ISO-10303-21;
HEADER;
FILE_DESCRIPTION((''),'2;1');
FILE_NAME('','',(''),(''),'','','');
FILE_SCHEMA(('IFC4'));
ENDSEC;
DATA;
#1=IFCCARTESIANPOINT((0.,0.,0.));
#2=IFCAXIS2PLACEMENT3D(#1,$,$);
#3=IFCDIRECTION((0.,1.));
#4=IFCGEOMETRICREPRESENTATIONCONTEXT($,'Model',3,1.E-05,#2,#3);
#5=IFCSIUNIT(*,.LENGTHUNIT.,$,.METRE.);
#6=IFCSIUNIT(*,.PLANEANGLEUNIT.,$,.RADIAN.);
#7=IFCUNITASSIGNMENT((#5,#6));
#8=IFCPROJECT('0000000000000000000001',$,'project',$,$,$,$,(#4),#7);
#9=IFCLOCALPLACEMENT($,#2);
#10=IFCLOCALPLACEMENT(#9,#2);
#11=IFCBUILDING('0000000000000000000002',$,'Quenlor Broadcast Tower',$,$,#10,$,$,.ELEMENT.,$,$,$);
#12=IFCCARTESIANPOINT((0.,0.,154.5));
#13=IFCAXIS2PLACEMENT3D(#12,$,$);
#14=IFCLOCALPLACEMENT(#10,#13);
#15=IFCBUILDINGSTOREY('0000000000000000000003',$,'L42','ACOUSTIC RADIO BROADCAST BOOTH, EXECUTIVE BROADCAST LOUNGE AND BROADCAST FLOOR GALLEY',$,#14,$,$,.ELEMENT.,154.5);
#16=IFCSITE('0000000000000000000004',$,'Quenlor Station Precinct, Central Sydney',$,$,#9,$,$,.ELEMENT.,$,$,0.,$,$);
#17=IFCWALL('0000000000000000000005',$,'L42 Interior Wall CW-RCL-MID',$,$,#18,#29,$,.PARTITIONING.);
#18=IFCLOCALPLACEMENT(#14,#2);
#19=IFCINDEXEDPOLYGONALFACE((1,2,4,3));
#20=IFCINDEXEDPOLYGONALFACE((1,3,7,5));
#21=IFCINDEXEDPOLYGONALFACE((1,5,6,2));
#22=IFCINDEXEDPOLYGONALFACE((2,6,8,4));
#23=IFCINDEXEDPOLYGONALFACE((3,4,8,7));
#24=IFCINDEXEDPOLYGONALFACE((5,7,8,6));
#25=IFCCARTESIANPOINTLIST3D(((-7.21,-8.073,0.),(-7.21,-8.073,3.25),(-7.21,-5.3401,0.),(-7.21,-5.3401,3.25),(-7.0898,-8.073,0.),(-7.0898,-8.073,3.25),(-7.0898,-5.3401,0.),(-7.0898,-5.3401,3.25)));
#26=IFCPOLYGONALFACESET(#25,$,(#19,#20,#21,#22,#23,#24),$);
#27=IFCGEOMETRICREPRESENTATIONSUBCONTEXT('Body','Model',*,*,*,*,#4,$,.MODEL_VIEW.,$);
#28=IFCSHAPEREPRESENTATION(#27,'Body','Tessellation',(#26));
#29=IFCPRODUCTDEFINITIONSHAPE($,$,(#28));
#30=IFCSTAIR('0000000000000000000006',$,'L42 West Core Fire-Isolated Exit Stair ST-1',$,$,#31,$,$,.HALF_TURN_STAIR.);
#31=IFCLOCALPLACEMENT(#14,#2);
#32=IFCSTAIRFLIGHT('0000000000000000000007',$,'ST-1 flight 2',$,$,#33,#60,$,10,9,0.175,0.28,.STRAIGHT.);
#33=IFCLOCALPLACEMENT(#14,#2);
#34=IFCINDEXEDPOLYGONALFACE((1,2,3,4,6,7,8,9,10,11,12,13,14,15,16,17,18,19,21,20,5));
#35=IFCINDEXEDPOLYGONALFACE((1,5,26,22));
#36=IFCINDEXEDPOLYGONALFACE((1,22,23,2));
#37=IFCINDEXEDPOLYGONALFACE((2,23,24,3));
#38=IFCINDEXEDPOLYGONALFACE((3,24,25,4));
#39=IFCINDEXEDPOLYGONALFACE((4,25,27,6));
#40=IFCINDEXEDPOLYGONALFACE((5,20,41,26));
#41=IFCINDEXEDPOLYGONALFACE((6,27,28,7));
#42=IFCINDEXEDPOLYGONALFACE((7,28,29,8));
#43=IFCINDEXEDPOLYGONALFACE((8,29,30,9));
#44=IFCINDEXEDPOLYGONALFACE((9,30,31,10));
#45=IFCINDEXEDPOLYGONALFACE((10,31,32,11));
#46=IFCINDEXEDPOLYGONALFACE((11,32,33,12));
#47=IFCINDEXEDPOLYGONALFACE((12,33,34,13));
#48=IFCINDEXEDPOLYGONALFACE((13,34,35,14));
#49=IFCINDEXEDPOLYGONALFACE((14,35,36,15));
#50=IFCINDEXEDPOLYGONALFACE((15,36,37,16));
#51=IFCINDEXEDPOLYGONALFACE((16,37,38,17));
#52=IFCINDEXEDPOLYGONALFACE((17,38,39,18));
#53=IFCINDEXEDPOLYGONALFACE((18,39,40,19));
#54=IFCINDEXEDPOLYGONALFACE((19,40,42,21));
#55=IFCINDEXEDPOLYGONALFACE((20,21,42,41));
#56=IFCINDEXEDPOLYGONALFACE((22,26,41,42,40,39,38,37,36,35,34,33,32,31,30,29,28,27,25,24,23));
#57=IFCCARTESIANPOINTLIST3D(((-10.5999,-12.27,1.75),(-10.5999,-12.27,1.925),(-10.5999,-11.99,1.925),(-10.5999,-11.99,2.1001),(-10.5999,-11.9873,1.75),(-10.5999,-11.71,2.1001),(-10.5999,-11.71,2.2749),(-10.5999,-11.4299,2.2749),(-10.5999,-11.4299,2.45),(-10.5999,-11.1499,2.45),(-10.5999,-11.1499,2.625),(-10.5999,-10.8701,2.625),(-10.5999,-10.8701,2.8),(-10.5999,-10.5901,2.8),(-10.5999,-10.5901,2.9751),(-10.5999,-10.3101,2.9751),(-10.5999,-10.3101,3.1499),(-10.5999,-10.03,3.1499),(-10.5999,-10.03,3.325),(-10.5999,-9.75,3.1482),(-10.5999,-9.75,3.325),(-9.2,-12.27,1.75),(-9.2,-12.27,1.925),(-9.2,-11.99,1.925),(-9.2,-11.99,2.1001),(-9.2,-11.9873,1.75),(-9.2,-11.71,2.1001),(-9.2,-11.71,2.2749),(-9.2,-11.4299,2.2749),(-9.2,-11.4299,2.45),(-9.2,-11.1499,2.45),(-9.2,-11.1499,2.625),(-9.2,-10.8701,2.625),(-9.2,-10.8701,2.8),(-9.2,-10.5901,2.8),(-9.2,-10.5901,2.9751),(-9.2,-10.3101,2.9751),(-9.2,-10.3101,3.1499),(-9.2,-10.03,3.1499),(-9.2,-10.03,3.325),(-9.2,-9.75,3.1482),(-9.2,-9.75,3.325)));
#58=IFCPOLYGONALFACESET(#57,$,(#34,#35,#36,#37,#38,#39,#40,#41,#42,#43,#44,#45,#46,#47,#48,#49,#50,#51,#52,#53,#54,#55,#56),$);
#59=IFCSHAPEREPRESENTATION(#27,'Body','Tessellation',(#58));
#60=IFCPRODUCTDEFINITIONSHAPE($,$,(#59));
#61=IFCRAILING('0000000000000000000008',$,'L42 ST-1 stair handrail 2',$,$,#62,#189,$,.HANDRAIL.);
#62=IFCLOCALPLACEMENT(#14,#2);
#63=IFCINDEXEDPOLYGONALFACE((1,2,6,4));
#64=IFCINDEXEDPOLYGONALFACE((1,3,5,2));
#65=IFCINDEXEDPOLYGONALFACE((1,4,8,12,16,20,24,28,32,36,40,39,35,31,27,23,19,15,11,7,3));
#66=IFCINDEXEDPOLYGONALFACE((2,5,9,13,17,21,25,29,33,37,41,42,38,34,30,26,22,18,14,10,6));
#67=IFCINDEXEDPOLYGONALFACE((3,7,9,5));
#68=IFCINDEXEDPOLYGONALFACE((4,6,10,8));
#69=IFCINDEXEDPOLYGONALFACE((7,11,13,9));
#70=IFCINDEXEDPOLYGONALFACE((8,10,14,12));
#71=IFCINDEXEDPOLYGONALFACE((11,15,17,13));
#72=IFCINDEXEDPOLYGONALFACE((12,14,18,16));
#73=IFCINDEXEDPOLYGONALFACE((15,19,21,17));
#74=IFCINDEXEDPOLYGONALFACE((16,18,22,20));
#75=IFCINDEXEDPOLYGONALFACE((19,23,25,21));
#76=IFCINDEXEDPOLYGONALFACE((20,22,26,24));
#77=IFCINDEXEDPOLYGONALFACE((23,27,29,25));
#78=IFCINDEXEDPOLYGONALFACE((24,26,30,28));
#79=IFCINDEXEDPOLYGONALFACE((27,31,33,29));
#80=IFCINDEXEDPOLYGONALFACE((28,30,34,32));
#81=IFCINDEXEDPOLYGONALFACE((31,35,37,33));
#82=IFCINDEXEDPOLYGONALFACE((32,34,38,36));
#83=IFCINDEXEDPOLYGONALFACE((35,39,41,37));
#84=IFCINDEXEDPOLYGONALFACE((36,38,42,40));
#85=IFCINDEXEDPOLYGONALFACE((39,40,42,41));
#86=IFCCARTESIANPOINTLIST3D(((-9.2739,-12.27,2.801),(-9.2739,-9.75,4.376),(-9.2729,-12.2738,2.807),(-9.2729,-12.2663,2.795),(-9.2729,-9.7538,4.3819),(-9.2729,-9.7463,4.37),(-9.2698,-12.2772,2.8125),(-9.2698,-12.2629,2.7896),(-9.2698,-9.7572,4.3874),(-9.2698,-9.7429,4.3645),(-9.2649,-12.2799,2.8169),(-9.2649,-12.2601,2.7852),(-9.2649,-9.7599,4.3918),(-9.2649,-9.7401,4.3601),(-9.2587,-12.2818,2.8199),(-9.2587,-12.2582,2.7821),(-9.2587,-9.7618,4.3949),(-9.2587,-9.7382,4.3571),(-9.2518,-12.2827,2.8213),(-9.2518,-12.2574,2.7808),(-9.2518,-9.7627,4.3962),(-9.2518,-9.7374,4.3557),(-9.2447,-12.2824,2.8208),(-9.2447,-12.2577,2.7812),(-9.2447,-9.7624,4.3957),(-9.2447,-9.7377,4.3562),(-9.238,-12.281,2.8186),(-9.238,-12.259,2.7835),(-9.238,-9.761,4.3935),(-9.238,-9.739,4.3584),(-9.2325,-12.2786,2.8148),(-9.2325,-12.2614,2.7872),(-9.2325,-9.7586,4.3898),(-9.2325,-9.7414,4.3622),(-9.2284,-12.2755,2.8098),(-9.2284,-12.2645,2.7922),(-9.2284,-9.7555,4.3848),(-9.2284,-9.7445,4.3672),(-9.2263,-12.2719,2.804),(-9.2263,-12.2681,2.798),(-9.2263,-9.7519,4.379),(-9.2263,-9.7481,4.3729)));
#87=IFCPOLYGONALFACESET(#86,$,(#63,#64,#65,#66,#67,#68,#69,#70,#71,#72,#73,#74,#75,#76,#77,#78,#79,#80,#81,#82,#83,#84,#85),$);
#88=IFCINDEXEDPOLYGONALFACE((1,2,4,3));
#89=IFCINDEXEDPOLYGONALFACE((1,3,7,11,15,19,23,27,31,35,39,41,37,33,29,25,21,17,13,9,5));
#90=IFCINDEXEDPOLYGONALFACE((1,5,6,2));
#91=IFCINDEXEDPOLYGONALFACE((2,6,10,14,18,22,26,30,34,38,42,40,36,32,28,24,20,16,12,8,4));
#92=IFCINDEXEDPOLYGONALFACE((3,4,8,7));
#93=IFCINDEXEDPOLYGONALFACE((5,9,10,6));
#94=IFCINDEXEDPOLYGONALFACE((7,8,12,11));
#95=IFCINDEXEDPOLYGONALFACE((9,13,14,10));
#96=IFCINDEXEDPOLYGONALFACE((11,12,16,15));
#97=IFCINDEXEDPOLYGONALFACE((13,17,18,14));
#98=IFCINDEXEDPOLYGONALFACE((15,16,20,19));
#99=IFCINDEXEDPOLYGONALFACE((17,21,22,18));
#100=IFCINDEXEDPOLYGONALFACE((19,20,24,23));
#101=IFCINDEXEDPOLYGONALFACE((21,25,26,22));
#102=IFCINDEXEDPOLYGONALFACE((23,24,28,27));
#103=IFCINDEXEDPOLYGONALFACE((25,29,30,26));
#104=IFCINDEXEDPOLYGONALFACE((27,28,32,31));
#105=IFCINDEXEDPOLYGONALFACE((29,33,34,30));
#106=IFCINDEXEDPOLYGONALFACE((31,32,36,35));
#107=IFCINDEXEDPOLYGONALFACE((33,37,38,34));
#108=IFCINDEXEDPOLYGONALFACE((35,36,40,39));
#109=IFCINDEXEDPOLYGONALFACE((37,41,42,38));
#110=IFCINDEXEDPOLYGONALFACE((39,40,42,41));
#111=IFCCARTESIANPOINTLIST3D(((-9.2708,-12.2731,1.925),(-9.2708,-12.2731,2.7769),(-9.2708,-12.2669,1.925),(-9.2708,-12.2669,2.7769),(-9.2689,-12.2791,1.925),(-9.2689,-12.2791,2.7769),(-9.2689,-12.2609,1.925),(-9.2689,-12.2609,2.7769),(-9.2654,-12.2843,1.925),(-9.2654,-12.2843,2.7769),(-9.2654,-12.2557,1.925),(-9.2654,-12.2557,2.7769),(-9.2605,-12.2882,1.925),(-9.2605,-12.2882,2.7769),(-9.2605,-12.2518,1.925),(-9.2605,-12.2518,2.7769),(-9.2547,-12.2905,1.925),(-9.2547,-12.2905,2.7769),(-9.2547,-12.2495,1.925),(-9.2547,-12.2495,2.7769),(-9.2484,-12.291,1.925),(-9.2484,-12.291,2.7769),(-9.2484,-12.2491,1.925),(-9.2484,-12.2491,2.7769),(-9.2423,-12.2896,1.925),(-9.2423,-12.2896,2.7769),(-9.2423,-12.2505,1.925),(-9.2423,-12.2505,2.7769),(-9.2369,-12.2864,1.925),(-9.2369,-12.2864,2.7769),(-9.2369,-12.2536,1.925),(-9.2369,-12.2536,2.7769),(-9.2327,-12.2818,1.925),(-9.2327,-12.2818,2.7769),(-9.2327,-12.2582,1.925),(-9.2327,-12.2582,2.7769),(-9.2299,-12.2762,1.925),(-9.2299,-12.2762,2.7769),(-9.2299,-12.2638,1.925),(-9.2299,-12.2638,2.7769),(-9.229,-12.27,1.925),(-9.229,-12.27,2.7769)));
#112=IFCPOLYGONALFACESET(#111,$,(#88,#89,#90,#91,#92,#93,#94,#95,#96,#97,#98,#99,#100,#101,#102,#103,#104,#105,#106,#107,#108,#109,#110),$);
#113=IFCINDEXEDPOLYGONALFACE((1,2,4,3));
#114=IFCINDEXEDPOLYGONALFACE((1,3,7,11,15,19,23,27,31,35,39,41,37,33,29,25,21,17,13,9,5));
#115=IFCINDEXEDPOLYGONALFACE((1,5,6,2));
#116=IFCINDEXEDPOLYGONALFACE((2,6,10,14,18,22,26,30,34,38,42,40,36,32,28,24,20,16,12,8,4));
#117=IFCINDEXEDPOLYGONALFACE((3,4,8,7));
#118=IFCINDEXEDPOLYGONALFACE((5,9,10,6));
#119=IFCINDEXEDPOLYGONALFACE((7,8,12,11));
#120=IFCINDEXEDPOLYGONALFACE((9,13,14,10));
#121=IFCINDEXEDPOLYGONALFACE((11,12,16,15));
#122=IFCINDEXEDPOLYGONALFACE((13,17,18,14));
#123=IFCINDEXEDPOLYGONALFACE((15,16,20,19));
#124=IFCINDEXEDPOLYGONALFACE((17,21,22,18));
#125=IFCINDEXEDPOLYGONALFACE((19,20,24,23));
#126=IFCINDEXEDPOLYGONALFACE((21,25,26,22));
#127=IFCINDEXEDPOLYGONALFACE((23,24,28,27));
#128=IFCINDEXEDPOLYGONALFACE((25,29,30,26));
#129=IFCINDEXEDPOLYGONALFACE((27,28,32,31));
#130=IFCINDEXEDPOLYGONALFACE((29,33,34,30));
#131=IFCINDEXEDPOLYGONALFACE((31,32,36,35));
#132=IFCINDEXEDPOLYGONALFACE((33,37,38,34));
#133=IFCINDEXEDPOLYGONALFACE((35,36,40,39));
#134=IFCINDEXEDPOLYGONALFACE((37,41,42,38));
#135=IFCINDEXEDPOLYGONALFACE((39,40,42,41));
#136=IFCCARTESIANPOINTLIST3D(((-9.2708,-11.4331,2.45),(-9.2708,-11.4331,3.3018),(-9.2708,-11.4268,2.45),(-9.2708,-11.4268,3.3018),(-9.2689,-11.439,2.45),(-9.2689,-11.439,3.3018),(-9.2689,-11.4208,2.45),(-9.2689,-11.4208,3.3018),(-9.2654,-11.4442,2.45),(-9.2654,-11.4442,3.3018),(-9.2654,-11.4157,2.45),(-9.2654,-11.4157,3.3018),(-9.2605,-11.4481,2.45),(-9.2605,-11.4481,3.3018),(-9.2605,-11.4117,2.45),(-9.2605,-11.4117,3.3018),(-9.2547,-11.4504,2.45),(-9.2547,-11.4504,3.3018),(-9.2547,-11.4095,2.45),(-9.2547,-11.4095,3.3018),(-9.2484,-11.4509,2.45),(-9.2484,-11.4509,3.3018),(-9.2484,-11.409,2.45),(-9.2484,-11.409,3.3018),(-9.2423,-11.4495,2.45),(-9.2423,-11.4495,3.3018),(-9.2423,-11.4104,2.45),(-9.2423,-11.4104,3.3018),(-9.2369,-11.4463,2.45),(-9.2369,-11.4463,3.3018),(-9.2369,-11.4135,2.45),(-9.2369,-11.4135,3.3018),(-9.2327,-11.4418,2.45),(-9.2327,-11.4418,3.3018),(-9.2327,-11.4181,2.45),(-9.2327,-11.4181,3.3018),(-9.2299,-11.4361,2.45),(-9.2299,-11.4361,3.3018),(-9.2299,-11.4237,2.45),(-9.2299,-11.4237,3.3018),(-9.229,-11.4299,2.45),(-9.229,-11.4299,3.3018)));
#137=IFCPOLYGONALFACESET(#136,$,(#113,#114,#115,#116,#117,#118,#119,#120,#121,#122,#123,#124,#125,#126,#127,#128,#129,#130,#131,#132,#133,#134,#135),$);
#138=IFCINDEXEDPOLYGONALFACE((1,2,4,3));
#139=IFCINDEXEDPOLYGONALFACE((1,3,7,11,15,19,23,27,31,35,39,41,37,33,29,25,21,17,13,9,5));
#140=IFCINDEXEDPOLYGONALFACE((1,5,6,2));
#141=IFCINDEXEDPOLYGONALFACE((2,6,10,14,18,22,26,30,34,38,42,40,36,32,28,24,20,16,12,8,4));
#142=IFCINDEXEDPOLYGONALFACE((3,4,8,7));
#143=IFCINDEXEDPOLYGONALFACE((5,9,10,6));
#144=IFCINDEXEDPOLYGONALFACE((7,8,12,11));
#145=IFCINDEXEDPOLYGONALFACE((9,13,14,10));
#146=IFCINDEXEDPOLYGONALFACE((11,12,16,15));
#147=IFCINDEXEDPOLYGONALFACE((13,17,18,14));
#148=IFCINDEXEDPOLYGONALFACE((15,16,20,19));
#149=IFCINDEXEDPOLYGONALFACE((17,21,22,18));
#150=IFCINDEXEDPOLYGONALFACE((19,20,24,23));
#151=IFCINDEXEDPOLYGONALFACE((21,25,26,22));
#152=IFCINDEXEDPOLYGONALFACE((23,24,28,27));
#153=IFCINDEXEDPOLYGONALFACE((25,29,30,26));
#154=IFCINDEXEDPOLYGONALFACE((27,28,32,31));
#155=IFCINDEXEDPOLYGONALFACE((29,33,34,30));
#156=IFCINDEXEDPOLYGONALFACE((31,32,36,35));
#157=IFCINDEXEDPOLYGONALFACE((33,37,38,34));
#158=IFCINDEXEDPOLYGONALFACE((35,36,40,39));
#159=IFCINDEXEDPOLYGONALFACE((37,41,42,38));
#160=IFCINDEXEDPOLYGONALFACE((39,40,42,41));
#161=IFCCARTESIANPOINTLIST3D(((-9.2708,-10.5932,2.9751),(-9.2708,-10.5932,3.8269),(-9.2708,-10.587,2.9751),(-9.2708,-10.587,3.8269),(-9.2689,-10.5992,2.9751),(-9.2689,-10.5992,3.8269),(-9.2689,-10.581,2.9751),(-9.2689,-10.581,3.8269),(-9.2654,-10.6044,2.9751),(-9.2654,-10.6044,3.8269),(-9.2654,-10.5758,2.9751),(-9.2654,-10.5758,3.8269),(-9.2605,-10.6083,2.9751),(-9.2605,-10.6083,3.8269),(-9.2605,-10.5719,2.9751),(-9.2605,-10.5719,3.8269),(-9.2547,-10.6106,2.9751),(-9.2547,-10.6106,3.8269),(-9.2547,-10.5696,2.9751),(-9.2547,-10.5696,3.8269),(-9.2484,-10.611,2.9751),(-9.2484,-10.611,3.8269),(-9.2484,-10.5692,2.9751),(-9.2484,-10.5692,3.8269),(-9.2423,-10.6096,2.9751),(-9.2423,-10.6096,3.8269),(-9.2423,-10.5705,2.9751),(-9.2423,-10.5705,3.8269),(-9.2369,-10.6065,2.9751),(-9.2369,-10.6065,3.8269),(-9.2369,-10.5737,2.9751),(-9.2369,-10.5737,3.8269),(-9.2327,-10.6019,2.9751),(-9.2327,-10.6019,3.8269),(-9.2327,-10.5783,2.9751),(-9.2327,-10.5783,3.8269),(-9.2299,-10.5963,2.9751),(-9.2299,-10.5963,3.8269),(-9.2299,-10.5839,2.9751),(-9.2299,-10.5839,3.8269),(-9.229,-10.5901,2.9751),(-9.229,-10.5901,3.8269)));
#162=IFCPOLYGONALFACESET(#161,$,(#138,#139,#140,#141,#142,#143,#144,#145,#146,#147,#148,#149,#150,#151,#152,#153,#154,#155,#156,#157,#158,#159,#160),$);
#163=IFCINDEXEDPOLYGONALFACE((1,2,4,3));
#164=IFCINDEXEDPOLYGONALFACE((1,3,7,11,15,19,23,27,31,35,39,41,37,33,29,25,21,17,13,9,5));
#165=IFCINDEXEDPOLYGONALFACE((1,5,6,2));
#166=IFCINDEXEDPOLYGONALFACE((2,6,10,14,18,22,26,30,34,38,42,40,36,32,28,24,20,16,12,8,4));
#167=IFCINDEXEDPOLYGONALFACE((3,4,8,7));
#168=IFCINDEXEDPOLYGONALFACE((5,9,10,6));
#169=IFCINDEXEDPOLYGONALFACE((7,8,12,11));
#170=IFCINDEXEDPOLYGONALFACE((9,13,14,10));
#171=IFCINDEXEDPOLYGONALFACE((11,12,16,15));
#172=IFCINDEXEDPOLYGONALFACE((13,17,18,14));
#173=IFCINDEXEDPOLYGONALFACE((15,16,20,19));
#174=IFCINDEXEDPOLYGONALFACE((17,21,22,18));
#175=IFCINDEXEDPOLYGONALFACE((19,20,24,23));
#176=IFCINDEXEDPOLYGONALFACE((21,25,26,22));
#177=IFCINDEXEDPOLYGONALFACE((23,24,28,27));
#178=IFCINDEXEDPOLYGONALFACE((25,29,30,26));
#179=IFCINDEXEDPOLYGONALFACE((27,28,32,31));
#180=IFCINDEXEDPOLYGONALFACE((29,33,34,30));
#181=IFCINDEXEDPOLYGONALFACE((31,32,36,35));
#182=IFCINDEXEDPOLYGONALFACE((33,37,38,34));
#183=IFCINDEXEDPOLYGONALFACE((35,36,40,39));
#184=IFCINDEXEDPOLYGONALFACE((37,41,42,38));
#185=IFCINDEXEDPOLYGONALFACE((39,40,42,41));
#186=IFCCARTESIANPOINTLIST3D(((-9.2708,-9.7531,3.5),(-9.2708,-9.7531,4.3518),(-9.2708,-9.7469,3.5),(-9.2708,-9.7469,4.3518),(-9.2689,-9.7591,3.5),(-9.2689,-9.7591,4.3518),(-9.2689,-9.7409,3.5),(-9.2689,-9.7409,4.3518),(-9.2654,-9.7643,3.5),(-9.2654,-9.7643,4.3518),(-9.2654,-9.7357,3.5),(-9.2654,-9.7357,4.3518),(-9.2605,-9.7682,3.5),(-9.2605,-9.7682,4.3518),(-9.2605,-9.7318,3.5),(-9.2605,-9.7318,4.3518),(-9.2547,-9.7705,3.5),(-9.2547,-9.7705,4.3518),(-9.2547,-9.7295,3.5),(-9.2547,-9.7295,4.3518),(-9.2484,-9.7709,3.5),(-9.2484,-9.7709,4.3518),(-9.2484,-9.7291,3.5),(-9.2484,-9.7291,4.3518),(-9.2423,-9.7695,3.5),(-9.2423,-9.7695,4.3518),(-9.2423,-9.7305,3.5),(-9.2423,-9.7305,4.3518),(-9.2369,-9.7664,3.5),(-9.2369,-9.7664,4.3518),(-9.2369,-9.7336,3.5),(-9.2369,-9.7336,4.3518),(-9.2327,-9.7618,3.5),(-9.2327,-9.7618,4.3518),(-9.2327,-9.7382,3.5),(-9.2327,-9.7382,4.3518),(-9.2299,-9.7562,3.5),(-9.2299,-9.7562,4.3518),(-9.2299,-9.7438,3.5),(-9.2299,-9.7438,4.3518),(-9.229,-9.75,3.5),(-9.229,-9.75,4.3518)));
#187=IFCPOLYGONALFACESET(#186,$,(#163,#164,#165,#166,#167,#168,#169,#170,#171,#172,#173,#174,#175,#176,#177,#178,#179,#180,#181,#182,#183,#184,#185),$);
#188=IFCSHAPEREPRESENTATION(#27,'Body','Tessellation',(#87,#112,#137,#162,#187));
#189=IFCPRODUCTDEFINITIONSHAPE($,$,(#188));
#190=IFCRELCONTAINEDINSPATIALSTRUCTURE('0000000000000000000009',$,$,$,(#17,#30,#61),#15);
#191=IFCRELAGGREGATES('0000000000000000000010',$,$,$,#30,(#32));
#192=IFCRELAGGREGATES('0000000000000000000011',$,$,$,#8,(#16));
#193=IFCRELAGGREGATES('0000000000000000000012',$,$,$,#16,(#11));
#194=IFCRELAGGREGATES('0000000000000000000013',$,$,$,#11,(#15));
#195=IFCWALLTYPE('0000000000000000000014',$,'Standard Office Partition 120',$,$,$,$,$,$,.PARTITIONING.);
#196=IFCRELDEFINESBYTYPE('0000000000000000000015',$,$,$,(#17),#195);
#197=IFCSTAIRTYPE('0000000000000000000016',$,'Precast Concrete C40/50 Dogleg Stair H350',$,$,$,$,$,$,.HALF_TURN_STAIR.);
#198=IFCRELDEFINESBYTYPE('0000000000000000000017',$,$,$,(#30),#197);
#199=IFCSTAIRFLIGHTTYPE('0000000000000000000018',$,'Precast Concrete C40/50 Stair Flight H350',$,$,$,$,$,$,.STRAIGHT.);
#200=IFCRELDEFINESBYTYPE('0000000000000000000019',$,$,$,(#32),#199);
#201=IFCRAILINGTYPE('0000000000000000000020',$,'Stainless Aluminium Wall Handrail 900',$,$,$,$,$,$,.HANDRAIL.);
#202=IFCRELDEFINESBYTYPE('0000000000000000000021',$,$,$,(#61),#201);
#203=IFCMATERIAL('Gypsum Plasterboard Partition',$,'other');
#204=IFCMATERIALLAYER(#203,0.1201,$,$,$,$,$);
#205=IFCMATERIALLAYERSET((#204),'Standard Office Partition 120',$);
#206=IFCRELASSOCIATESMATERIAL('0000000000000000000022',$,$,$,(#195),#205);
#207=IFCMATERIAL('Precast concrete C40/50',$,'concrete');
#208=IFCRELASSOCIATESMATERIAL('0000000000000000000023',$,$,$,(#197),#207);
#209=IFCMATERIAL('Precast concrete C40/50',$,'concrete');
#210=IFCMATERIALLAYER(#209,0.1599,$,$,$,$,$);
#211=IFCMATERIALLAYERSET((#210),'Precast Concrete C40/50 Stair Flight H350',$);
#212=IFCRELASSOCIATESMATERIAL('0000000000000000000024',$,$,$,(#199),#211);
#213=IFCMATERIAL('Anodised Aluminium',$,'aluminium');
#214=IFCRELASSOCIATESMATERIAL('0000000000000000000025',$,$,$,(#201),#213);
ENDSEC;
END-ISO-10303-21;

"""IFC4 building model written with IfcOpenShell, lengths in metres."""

from ifc_helpers import new_model, si_unit, direction, frame, frame_2d, origin, origin_2d, place, context, subcontext, project, spatial, polyline, rectangle, circle, outline, extrude, material, layer, layer_set, type_object, element, aggregate, save


model = new_model("IFC4")

# Units and contexts
model_context = context("Model", 3, precision=1e-05, world=origin(), true_north=direction((0.0, 1.0)))
body_context = subcontext(model_context, "Body", "Model", "MODEL_VIEW")
ifc_project = project(units=[si_unit("LENGTHUNIT", "METRE"), si_unit("PLANEANGLEUNIT", "RADIAN")], contexts=[model_context])

# Site, building, storey
site_placement = place(None, origin())
site = spatial("IfcSite", under=ifc_project, at=site_placement, Name="Quenlor Station Precinct, Central Sydney", CompositionType="ELEMENT", RefElevation=0.0)
building_placement = place(site_placement, origin())
building = spatial("IfcBuilding", under=site, at=building_placement, Name="Quenlor Broadcast Tower", CompositionType="ELEMENT")
storey_placement = place(building_placement, frame((0.0, 0.0, 154.5)))
storey = spatial("IfcBuildingStorey", under=building, at=storey_placement, Name="L42", Description="ACOUSTIC RADIO BROADCAST BOOTH, EXECUTIVE BROADCAST LOUNGE AND BROADCAST FLOOR GALLEY", CompositionType="ELEMENT", Elevation=154.5)

# Wall
ifc_material_1 = material(Name="Gypsum Plasterboard Partition", Category="other")
ifc_layer_1 = layer(ifc_material_1, 0.1201)
ifc_layer_set_1 = layer_set([ifc_layer_1], Name="Standard Office Partition 120")
wall_type_1 = type_object("IfcWallType", Name="Standard Office Partition 120", PredefinedType="PARTITIONING", material=ifc_layer_set_1)
wall_1_placement = place(storey_placement, frame((-7.1499, -8.073, 0.0), z_axis=(0.0, 0.0, 1.0), x_axis=(0.0, 1.0, 0.0)))
element("IfcWall", 1, at=wall_1_placement, inside=storey, type_object=wall_type_1, Name="L42 Interior Wall CW-RCL-MID", PredefinedType="PARTITIONING", context=body_context, shape_type="SweptSolid", body=[
    extrude(rectangle(XDim=2.7329, YDim=0.1201, at=frame_2d((1.3665, 0.0))), origin(), (0.0, 0.0, 1.0), 3.25),
])

# Stair, stair flight
ifc_material_2 = material(Name="Precast concrete C40/50", Category="concrete")
stair_type = type_object("IfcStairType", Name="Precast Concrete C40/50 Dogleg Stair H350", PredefinedType="HALF_TURN_STAIR", material=ifc_material_2)
stair_placement = place(storey_placement, origin())
stair = element("IfcStair", 2, at=stair_placement, inside=storey, type_object=stair_type, Name="L42 West Core Fire-Isolated Exit Stair ST-1", PredefinedType="HALF_TURN_STAIR")
ifc_material_3 = material(Name="Precast concrete C40/50", Category="concrete")
ifc_layer_2 = layer(ifc_material_3, 0.1599)
ifc_layer_set_2 = layer_set([ifc_layer_2], Name="Precast Concrete C40/50 Stair Flight H350")
stair_flight_type = type_object("IfcStairFlightType", Name="Precast Concrete C40/50 Stair Flight H350", PredefinedType="STRAIGHT", material=ifc_layer_set_2)
stair_flight_placement = place(storey_placement, frame((-9.8999, -12.27, 1.75), z_axis=(0.0, 0.0, 1.0), x_axis=(0.0, 1.0, 0.0)))
stair_flight = element("IfcStairFlight", 3, at=stair_flight_placement, type_object=stair_flight_type, Name="ST-1 flight 2", NumberOfRisers=10, NumberOfTreads=9, PredefinedType="STRAIGHT", RiserHeight=0.175, TreadLength=0.28, context=body_context, shape_type="SweptSolid", body=[
    extrude(outline(polyline([(0.0, 0.0), (0.0, 0.175), (0.28, 0.175), (0.28, 0.3501), (0.5601, 0.3501), (0.5601, 0.5249), (0.8401, 0.5249), (0.8401, 0.7), (1.1201, 0.7), (1.1201, 0.875), (1.3999, 0.875), (1.3999, 1.05), (1.6799, 1.05), (1.6799, 1.2251), (1.96, 1.2251), (1.96, 1.3999), (2.24, 1.3999), (2.24, 1.575), (2.52, 1.575), (2.52, 1.75), (2.52, 1.3982), (0.2827, 0.0), (0.0, 0.0)])), frame((0.0, 0.7, 0.0), z_axis=(0.0, -1.0, 0.0), x_axis=(1.0, 0.0, 0.0)), (0.0, 0.0, 1.0), 1.3999),
])
aggregate(stair, [stair_flight])

# Railing
ifc_material_4 = material(Name="Anodised Aluminium", Category="aluminium")
railing_type_1 = type_object("IfcRailingType", Name="Stainless Aluminium Wall Handrail 900", PredefinedType="HANDRAIL", material=ifc_material_4)
railing_1_placement = place(storey_placement, frame((-9.25, -12.27, 1.925)))
element("IfcRailing", 4, at=railing_1_placement, inside=storey, type_object=railing_type_1, Name="L42 ST-1 stair handrail 2", PredefinedType="HANDRAIL", context=body_context, shape_type="SweptSolid", body=[
    extrude(circle(Radius=0.0239, at=origin_2d()), frame((0.0, 0.0, 0.876), z_axis=(0.0, 0.848008, 0.529984), x_axis=(-1.0, 0.0, 0.0)), (0.0, 0.0, 1.0), 2.9717),
    extrude(circle(Radius=0.021, at=origin_2d()), origin(), (0.0, 0.0, 1.0), 0.8518),
    extrude(circle(Radius=0.021, at=origin_2d()), frame((0.0, 0.8401, 0.5249)), (0.0, 0.0, 1.0), 0.8518),
    extrude(circle(Radius=0.021, at=origin_2d()), frame((0.0, 1.6799, 1.05)), (0.0, 0.0, 1.0), 0.8518),
    extrude(circle(Radius=0.021, at=origin_2d()), frame((0.0, 2.52, 1.575)), (0.0, 0.0, 1.0), 0.8518),
])

save(model, "model.ifc")
